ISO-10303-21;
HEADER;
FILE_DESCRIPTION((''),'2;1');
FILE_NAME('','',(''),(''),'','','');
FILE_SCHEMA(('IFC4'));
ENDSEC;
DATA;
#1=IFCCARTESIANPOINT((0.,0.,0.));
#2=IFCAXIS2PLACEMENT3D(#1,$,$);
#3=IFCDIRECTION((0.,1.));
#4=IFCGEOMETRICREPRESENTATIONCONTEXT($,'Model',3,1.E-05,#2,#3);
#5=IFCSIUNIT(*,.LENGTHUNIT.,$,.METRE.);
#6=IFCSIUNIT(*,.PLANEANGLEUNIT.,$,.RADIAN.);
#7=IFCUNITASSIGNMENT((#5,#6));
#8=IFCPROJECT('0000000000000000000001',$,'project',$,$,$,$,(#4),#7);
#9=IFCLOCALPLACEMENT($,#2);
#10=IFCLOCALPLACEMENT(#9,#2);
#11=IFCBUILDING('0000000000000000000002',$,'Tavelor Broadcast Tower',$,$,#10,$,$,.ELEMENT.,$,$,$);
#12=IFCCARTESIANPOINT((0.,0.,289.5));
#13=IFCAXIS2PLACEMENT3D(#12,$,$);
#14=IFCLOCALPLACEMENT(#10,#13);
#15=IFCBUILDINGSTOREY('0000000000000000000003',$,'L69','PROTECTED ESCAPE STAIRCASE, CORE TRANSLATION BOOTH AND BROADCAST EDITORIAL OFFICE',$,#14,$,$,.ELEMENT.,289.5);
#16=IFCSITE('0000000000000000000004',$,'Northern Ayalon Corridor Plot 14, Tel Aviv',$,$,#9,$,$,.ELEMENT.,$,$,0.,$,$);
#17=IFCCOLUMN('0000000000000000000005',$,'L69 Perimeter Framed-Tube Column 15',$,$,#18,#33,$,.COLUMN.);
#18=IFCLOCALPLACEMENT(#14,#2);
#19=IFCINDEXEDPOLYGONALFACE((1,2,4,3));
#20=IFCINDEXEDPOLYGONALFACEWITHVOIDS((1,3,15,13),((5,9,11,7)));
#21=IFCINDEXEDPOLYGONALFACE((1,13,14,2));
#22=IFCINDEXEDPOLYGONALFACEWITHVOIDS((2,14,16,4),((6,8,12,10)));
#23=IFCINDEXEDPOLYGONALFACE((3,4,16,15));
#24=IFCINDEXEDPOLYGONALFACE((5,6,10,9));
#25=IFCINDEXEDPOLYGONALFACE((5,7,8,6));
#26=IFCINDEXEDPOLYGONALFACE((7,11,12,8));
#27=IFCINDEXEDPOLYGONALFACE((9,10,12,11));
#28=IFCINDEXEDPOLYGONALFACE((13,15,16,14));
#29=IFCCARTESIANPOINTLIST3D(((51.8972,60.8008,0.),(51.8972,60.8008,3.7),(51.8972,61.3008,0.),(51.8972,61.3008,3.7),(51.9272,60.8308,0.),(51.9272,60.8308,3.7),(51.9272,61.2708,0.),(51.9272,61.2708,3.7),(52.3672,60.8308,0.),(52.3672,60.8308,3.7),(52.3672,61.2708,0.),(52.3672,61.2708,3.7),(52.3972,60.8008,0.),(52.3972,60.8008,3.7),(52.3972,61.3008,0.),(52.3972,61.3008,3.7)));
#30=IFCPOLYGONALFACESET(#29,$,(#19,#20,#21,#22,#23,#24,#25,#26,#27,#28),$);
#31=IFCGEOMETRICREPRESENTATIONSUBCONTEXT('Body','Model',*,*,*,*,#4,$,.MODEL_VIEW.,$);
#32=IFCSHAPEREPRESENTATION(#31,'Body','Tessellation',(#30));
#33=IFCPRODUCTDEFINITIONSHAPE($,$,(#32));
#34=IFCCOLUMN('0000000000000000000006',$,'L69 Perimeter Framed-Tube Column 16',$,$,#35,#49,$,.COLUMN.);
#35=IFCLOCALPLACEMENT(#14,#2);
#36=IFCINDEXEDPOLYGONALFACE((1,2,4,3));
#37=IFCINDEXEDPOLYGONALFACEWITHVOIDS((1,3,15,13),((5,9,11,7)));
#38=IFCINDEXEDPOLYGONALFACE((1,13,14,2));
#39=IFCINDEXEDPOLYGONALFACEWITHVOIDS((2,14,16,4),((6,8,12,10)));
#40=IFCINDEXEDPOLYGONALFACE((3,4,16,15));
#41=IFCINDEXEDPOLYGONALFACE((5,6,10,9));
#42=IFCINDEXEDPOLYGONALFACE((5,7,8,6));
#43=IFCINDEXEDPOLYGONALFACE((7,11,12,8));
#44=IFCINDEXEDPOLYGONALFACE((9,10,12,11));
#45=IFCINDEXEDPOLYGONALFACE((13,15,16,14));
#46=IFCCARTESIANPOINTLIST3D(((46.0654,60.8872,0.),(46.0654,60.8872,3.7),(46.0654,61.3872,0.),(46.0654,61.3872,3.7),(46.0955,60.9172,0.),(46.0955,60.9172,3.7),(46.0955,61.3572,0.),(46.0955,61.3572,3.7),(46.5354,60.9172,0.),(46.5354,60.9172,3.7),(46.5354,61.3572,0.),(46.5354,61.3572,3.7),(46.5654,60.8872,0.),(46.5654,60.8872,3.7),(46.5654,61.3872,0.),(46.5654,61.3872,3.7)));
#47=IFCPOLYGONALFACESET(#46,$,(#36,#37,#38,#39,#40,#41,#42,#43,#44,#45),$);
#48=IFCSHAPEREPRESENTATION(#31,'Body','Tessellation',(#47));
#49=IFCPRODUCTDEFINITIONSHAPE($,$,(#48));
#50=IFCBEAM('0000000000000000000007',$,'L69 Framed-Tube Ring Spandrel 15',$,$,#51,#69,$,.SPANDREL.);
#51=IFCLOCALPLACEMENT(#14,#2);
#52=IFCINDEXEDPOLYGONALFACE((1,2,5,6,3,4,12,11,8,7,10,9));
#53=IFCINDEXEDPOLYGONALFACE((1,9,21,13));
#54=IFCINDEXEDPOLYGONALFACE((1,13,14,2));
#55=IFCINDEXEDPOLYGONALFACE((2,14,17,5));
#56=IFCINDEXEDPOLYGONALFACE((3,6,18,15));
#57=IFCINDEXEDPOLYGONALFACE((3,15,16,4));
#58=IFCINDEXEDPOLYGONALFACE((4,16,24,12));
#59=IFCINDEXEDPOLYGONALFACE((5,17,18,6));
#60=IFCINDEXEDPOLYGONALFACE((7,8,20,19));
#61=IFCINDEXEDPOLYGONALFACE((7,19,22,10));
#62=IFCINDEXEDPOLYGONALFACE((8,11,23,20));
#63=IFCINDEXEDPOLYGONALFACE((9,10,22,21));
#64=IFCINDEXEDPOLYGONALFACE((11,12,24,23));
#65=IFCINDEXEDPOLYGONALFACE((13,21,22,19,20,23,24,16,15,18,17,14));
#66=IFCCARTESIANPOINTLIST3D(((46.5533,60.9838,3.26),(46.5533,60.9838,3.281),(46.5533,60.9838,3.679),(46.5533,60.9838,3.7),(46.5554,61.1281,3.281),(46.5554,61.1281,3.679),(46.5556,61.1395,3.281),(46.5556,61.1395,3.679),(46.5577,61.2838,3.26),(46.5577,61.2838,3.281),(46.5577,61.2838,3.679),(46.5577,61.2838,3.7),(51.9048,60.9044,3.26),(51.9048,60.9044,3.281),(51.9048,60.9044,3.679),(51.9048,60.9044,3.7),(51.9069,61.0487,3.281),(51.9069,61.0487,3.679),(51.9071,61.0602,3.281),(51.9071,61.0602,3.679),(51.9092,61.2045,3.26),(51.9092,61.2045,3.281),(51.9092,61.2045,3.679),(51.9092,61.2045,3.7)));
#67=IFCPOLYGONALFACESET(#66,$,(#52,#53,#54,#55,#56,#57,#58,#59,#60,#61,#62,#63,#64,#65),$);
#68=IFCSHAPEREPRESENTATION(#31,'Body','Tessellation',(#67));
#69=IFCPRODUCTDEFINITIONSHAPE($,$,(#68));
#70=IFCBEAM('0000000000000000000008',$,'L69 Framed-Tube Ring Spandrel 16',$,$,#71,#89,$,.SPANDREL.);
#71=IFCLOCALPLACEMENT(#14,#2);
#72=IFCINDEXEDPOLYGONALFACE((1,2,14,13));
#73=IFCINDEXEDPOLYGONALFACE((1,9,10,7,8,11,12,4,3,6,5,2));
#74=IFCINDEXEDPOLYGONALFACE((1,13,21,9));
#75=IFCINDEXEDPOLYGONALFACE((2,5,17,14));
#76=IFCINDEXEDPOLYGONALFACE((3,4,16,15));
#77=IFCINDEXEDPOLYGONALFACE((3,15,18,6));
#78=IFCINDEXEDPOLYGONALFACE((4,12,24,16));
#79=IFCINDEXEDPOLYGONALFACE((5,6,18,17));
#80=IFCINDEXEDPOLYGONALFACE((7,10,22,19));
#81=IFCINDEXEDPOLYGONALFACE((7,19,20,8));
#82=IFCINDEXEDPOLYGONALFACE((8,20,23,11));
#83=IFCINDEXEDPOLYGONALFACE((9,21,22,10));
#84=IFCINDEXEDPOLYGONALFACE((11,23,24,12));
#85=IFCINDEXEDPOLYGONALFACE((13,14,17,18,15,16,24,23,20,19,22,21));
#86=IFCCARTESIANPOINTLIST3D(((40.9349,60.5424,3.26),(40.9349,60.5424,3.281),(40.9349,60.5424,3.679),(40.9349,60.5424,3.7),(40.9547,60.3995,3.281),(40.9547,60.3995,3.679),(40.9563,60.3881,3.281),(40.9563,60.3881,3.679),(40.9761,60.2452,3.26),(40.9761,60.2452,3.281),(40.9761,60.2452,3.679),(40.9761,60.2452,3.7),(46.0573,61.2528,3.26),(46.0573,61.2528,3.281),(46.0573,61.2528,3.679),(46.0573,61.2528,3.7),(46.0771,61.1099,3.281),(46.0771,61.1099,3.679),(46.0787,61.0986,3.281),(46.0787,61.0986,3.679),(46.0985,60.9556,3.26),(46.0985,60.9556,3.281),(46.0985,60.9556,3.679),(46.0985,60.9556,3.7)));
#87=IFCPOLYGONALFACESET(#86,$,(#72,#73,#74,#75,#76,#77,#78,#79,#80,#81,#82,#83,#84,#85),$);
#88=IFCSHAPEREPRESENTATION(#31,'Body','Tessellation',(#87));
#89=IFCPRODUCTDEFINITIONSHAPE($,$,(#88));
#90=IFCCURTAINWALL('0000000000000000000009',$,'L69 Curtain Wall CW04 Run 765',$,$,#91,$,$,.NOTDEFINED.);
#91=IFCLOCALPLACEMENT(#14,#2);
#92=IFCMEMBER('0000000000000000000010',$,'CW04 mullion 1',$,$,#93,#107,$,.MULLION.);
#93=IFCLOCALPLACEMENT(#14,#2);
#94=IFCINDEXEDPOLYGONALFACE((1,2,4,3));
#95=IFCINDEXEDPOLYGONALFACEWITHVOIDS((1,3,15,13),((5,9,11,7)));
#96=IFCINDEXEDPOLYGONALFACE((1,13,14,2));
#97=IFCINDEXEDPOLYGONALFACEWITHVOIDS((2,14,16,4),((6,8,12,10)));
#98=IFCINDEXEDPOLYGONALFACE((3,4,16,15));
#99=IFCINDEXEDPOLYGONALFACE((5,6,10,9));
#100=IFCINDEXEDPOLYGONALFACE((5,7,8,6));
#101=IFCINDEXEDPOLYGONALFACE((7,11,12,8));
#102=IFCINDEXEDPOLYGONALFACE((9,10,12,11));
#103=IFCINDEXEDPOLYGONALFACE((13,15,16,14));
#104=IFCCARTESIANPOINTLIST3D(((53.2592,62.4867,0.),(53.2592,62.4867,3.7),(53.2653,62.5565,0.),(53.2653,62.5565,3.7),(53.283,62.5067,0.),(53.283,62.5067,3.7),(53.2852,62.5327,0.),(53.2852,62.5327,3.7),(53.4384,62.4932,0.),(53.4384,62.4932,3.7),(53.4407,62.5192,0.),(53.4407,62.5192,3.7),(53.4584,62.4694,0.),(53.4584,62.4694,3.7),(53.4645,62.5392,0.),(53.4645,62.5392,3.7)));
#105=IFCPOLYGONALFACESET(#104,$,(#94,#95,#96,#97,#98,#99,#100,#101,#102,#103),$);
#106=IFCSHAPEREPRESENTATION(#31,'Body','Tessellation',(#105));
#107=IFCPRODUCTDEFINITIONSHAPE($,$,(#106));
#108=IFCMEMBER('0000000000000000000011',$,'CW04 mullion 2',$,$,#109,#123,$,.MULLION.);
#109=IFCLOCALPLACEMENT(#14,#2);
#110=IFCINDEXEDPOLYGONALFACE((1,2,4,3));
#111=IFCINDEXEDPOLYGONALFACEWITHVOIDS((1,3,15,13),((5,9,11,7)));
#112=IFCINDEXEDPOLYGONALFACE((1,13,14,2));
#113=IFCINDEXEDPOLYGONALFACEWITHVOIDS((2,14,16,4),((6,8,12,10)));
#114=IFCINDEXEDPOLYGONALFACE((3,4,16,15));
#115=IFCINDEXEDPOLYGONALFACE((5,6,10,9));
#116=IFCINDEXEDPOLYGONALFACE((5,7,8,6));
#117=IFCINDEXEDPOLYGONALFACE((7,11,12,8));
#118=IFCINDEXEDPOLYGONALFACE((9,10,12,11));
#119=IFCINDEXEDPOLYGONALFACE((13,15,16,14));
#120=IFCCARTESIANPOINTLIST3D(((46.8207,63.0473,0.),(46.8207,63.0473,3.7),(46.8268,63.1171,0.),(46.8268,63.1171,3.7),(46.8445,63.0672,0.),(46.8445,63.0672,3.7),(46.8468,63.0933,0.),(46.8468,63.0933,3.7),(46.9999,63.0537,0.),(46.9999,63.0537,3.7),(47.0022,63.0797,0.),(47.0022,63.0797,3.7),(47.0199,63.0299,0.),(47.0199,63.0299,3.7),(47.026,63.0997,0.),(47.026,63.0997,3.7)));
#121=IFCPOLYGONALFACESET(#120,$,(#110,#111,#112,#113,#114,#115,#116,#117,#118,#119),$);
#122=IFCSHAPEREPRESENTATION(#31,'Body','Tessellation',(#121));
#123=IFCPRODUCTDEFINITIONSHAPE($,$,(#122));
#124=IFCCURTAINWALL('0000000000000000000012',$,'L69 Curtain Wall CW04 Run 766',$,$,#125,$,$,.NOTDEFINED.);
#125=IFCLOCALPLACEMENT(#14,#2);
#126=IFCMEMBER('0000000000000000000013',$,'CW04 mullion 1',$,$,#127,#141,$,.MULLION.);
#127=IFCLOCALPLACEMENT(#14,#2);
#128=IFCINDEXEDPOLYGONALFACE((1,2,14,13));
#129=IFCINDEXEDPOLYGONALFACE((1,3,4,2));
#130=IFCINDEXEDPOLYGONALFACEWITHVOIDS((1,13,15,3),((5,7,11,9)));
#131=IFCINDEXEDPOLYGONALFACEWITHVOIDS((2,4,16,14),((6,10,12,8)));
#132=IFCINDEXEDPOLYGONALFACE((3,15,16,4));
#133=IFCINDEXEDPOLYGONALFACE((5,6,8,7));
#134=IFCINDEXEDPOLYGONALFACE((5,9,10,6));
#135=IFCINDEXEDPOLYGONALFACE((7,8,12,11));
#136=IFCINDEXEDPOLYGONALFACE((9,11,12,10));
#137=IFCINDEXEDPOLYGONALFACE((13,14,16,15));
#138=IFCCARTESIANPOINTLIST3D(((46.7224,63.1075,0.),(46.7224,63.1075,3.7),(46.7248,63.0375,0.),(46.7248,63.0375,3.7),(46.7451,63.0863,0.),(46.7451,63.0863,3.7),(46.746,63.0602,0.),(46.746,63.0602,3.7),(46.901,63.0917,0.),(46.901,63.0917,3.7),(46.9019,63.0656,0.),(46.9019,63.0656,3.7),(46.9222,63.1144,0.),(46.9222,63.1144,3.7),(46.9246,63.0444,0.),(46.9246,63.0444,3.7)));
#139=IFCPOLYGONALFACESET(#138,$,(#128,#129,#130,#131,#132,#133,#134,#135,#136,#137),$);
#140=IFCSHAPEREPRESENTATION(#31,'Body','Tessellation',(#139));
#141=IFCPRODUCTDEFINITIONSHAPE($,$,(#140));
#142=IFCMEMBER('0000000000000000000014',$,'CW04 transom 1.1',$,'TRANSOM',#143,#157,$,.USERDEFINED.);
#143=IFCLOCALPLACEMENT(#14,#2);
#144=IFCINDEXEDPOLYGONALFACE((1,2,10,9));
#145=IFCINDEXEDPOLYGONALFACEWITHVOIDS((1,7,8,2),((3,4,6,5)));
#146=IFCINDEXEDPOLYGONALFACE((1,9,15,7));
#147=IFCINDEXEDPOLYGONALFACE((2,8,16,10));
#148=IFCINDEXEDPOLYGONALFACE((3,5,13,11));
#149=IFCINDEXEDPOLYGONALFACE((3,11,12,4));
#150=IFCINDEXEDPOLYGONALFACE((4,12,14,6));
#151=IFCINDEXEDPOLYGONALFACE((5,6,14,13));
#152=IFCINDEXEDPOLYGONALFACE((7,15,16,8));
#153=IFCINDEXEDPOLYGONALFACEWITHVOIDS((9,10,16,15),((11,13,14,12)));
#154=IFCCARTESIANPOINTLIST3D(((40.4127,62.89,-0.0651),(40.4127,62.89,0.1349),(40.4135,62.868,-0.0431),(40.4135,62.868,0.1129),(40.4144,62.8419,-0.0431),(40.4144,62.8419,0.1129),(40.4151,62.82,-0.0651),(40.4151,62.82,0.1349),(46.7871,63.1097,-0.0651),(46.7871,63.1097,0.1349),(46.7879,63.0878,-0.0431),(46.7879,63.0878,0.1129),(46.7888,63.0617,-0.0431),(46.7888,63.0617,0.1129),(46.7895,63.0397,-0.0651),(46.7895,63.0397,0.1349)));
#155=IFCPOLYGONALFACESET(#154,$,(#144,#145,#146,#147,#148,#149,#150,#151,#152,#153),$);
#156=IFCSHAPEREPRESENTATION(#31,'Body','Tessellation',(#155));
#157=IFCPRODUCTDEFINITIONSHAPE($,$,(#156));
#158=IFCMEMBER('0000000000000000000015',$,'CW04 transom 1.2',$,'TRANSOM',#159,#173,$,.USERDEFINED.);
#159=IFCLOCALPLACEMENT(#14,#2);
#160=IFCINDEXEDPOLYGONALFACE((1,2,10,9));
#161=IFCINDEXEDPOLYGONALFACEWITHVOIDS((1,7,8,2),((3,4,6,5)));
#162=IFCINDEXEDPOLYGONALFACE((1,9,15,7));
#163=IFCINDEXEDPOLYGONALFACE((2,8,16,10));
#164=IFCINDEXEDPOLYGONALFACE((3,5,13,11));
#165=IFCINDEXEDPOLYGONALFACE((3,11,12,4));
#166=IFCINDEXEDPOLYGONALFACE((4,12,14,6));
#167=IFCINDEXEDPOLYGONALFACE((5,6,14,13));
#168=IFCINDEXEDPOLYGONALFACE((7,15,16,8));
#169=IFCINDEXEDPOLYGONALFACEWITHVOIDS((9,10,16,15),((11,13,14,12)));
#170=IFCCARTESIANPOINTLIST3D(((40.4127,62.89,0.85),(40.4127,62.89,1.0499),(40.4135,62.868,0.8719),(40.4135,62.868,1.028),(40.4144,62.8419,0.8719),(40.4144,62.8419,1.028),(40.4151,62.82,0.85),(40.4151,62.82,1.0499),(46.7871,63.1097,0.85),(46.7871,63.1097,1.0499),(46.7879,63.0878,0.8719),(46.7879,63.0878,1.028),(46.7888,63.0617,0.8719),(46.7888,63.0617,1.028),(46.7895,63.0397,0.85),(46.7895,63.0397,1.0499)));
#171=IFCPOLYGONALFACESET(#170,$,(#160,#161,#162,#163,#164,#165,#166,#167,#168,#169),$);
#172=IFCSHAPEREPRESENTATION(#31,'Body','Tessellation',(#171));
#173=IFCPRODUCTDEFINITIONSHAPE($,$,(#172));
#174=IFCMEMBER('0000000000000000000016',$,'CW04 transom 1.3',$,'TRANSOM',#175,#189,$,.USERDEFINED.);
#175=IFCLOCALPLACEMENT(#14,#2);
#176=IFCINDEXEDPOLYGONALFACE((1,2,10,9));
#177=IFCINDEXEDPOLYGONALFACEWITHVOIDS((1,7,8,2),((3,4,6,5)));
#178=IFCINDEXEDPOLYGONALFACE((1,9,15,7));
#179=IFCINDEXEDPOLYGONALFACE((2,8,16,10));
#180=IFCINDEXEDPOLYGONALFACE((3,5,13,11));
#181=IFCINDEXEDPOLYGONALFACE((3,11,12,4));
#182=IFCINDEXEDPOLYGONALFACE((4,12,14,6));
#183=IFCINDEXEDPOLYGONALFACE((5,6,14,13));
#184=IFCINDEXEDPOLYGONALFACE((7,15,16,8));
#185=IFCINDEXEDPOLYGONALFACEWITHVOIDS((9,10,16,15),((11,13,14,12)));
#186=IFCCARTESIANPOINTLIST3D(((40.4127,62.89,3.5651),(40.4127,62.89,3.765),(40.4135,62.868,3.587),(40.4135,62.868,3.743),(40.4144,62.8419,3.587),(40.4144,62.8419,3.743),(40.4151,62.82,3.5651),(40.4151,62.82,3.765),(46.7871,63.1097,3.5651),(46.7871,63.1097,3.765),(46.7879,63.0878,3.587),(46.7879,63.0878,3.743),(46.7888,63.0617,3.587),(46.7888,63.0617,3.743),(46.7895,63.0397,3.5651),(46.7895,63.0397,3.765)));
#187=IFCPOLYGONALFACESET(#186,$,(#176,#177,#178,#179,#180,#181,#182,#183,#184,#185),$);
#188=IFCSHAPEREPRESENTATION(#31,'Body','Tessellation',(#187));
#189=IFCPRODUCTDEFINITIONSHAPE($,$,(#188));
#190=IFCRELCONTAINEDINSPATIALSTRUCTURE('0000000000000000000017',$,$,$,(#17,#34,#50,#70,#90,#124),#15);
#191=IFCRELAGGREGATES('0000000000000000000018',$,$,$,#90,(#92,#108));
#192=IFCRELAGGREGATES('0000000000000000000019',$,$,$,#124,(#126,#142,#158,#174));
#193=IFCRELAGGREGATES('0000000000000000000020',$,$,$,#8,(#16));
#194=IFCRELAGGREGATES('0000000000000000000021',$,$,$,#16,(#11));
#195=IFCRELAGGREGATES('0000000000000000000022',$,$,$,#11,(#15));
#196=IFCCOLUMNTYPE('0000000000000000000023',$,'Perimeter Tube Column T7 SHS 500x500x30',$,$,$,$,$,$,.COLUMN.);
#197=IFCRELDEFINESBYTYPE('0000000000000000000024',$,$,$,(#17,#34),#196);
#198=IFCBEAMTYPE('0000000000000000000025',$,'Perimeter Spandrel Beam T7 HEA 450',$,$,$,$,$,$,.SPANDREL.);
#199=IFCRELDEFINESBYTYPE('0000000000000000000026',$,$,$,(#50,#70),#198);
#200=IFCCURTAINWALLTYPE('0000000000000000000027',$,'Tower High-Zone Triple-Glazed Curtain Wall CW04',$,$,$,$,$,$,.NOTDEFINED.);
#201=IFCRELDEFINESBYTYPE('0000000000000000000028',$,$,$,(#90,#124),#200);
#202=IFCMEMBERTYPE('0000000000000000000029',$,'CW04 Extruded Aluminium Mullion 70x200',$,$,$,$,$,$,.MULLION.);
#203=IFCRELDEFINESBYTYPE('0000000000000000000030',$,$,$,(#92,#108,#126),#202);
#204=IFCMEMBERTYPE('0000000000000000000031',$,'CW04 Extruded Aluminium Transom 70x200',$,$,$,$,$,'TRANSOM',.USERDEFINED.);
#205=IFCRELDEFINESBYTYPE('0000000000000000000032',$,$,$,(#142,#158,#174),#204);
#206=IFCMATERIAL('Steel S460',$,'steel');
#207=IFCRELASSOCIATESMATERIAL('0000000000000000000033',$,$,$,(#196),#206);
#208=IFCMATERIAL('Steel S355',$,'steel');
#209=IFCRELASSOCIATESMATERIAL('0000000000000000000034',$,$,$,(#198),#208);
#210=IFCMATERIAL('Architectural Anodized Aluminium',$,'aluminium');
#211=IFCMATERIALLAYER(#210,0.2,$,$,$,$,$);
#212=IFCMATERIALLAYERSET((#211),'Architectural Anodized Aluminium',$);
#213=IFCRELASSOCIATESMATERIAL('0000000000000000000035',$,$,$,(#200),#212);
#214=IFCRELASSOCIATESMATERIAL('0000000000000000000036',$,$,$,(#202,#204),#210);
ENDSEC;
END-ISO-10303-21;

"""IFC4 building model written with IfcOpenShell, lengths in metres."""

from ifc_helpers import new_model, si_unit, direction, frame, origin, origin_2d, place, context, subcontext, project, spatial, hollow_rectangle, i_section, extrude, source, transform, mapped, material, layer, layer_set, material_profile, profile_set, type_object, type_shapes, element, aggregate, save


model = new_model("IFC4")

# Units and contexts
model_context = context("Model", 3, precision=1e-05, world=origin(), true_north=direction((0.0, 1.0)))
body_context = subcontext(model_context, "Body", "Model", "MODEL_VIEW")
ifc_project = project(units=[si_unit("LENGTHUNIT", "METRE"), si_unit("PLANEANGLEUNIT", "RADIAN")], contexts=[model_context])

# Site, building, storey
site_placement = place(None, origin())
site = spatial("IfcSite", under=ifc_project, at=site_placement, Name="Northern Ayalon Corridor Plot 14, Tel Aviv", CompositionType="ELEMENT", RefElevation=0.0)
building_placement = place(site_placement, origin())
building = spatial("IfcBuilding", under=site, at=building_placement, Name="Tavelor Broadcast Tower", CompositionType="ELEMENT")
storey_placement = place(building_placement, frame((0.0, 0.0, 289.5)))
storey = spatial("IfcBuildingStorey", under=building, at=storey_placement, Name="L69", Description="PROTECTED ESCAPE STAIRCASE, CORE TRANSLATION BOOTH AND BROADCAST EDITORIAL OFFICE", CompositionType="ELEMENT", Elevation=289.5)

# Columns
ifc_material_1 = material(Name="Steel S460", Category="steel")
ifc_material_profile_1 = material_profile(ifc_material_1, hollow_rectangle(XDim=0.5, YDim=0.5, WallThickness=0.03, at=origin_2d()), Name="SHS 500x500x30")
ifc_profile_set_1 = profile_set([ifc_material_profile_1], Name="Steel S460")
column_type = type_object("IfcColumnType", Name="Perimeter Tube Column T7 SHS 500x500x30", PredefinedType="COLUMN", material=ifc_profile_set_1)
for number, where, z_axis, x_axis, name in (
    (1, (52.1472, 61.0508, 0.0), (0.0, 0.0, 1.0), (1.0, 0.0, 0.0), "L69 Perimeter Framed-Tube Column 15"),
    (2, (46.3154, 61.1372, 0.0), (0.0, 0.0, 1.0), (1.0, 0.0, 0.0), "L69 Perimeter Framed-Tube Column 16"),
):
    element("IfcColumn", number, at=place(storey_placement, frame(where, z_axis=z_axis, x_axis=x_axis)), inside=storey, type_object=column_type, Name=name, PredefinedType="COLUMN", context=body_context, shape_type="SweptSolid", body=[
        extrude(hollow_rectangle(XDim=0.5, YDim=0.5, WallThickness=0.03, at=origin_2d()), origin(), (0.0, 0.0, 1.0), 3.7),
    ])

# Beams
ifc_material_2 = material(Name="Steel S355", Category="steel")
ifc_material_profile_2 = material_profile(ifc_material_2, i_section(OverallWidth=0.3, OverallDepth=0.4399, WebThickness=0.0115, FlangeThickness=0.021, at=origin_2d()), Name="HEA 450")
ifc_profile_set_2 = profile_set([ifc_material_profile_2], Name="Steel S355")
beam_type = type_object("IfcBeamType", Name="Perimeter Spandrel Beam T7 HEA 450", PredefinedType="SPANDREL", material=ifc_profile_set_2)
beam_1_placement = place(storey_placement, frame((51.907, 61.0544, 3.48), z_axis=(-0.99989, 0.014825, 0.0), x_axis=(-0.014825, -0.99989, 0.0)))
element("IfcBeam", 3, at=beam_1_placement, inside=storey, type_object=beam_type, Name="L69 Framed-Tube Ring Spandrel 15", PredefinedType="SPANDREL", context=body_context, shape_type="SweptSolid", body=[
    extrude(i_section(OverallWidth=0.3, OverallDepth=0.4399, WebThickness=0.0115, FlangeThickness=0.021, at=origin_2d()), origin(), (0.0, 0.0, 1.0), 5.3521),
])
beam_2_placement = place(storey_placement, frame((46.0779, 61.1042, 3.48), z_axis=(-0.990518, -0.137382, 0.0), x_axis=(0.137382, -0.990518, 0.0)))
element("IfcBeam", 4, at=beam_2_placement, inside=storey, type_object=beam_type, Name="L69 Framed-Tube Ring Spandrel 16", PredefinedType="SPANDREL", context=body_context, shape_type="SweptSolid", body=[
    extrude(i_section(OverallWidth=0.3, OverallDepth=0.4399, WebThickness=0.0115, FlangeThickness=0.021, at=origin_2d()), origin(), (0.0, 0.0, 1.0), 5.1714),
])

# Curtain walls, members
ifc_material_3 = material(Name="Architectural Anodized Aluminium", Category="aluminium")
ifc_layer_1 = layer(ifc_material_3, 0.2)
ifc_layer_set_1 = layer_set([ifc_layer_1], Name="Architectural Anodized Aluminium")
curtain_wall_type = type_object("IfcCurtainWallType", Name="Tower High-Zone Triple-Glazed Curtain Wall CW04", PredefinedType="NOTDEFINED", material=ifc_layer_set_1)
curtain_wall_1_placement = place(storey_placement, origin())
curtain_wall_1 = element("IfcCurtainWall", 5, at=curtain_wall_1_placement, inside=storey, type_object=curtain_wall_type, Name="L69 Curtain Wall CW04 Run 765", PredefinedType="NOTDEFINED")
ifc_material_profile_3 = material_profile(ifc_material_3, hollow_rectangle(XDim=0.0701, YDim=0.2, WallThickness=0.022, at=origin_2d()), Name="RHS 70x200x22")
ifc_profile_set_3 = profile_set([ifc_material_profile_3], Name="Architectural Anodized Aluminium")
member_type_1 = type_object("IfcMemberType", Name="CW04 Extruded Aluminium Mullion 70x200", PredefinedType="MULLION", material=ifc_profile_set_3)
shared_shape_1 = source(origin(), body_context, "Body", "SweptSolid", [
    extrude(hollow_rectangle(XDim=0.0701, YDim=0.2, WallThickness=0.022, at=origin_2d()), origin(), (0.0, 0.0, 1.0), 3.7),
])
type_shapes(member_type_1, [shared_shape_1])
member_1_placement = place(storey_placement, frame((53.3618, 62.5129, 0.0), z_axis=(0.0, 0.0, 1.0), x_axis=(-0.086729, -0.996232, 0.0)))
member_1 = element("IfcMember", 6, at=member_1_placement, type_object=member_type_1, Name="CW04 mullion 1", PredefinedType="MULLION", context=body_context, shape_type="MappedRepresentation", body=[
    mapped(shared_shape_1, transform((0.0, 0.0, 0.0), scale=1.0)),
])
member_2_placement = place(storey_placement, frame((46.9233, 63.0735, 0.0), z_axis=(0.0, 0.0, 1.0), x_axis=(-0.086729, -0.996232, 0.0)))
member_2 = element("IfcMember", 7, at=member_2_placement, type_object=member_type_1, Name="CW04 mullion 2", PredefinedType="MULLION", context=body_context, shape_type="MappedRepresentation", body=[
    mapped(shared_shape_1, transform((0.0, 0.0, 0.0), scale=1.0)),
])
curtain_wall_2_placement = place(storey_placement, origin())
curtain_wall_2 = element("IfcCurtainWall", 8, at=curtain_wall_2_placement, inside=storey, type_object=curtain_wall_type, Name="L69 Curtain Wall CW04 Run 766", PredefinedType="NOTDEFINED")
member_3_placement = place(storey_placement, frame((46.8235, 63.0759, 0.0), z_axis=(0.0, 0.0, 1.0), x_axis=(0.034473, -0.999406, 0.0)))
member_3 = element("IfcMember", 9, at=member_3_placement, type_object=member_type_1, Name="CW04 mullion 1", PredefinedType="MULLION", context=body_context, shape_type="MappedRepresentation", body=[
    mapped(shared_shape_1, transform((0.0, 0.0, 0.0), scale=1.0)),
])
ifc_material_profile_4 = material_profile(ifc_material_3, hollow_rectangle(XDim=0.0701, YDim=0.2, WallThickness=0.022, at=origin_2d()), Name="RHS 70x200x22")
ifc_profile_set_4 = profile_set([ifc_material_profile_4], Name="Architectural Anodized Aluminium")
member_type_2 = type_object("IfcMemberType", Name="CW04 Extruded Aluminium Transom 70x200", ElementType="TRANSOM", PredefinedType="USERDEFINED", material=ifc_profile_set_4)
shared_shape_2 = source(origin(), body_context, "Body", "SweptSolid", [
    extrude(hollow_rectangle(XDim=0.0701, YDim=0.2, WallThickness=0.022, at=origin_2d()), origin(), (0.0, 0.0, 1.0), 6.3782),
])
member_4_placement = place(storey_placement, frame((46.7883, 63.0747, 0.0349), z_axis=(-0.999406, -0.03445, 0.0), x_axis=(0.03445, -0.999406, 0.0)))
member_4 = element("IfcMember", 10, at=member_4_placement, type_object=member_type_2, Name="CW04 transom 1.1", ObjectType="TRANSOM", PredefinedType="USERDEFINED", context=body_context, shape_type="MappedRepresentation", body=[
    mapped(shared_shape_2, transform((0.0, 0.0, 0.0), scale=1.0)),
])
member_5_placement = place(storey_placement, frame((46.7883, 63.0747, 0.95), z_axis=(-0.999406, -0.03445, 0.0), x_axis=(0.03445, -0.999406, 0.0)))
member_5 = element("IfcMember", 11, at=member_5_placement, type_object=member_type_2, Name="CW04 transom 1.2", ObjectType="TRANSOM", PredefinedType="USERDEFINED", context=body_context, shape_type="MappedRepresentation", body=[
    mapped(shared_shape_2, transform((0.0, 0.0, 0.0), scale=1.0)),
])
member_6_placement = place(storey_placement, frame((46.7883, 63.0747, 3.665), z_axis=(-0.999406, -0.03445, 0.0), x_axis=(0.03445, -0.999406, 0.0)))
member_6 = element("IfcMember", 12, at=member_6_placement, type_object=member_type_2, Name="CW04 transom 1.3", ObjectType="TRANSOM", PredefinedType="USERDEFINED", context=body_context, shape_type="MappedRepresentation", body=[
    mapped(shared_shape_2, transform((0.0, 0.0, 0.0), scale=1.0)),
])

aggregate(curtain_wall_1, [member_1, member_2])
aggregate(curtain_wall_2, [member_3, member_4, member_5, member_6])

save(model, "model.ifc")
